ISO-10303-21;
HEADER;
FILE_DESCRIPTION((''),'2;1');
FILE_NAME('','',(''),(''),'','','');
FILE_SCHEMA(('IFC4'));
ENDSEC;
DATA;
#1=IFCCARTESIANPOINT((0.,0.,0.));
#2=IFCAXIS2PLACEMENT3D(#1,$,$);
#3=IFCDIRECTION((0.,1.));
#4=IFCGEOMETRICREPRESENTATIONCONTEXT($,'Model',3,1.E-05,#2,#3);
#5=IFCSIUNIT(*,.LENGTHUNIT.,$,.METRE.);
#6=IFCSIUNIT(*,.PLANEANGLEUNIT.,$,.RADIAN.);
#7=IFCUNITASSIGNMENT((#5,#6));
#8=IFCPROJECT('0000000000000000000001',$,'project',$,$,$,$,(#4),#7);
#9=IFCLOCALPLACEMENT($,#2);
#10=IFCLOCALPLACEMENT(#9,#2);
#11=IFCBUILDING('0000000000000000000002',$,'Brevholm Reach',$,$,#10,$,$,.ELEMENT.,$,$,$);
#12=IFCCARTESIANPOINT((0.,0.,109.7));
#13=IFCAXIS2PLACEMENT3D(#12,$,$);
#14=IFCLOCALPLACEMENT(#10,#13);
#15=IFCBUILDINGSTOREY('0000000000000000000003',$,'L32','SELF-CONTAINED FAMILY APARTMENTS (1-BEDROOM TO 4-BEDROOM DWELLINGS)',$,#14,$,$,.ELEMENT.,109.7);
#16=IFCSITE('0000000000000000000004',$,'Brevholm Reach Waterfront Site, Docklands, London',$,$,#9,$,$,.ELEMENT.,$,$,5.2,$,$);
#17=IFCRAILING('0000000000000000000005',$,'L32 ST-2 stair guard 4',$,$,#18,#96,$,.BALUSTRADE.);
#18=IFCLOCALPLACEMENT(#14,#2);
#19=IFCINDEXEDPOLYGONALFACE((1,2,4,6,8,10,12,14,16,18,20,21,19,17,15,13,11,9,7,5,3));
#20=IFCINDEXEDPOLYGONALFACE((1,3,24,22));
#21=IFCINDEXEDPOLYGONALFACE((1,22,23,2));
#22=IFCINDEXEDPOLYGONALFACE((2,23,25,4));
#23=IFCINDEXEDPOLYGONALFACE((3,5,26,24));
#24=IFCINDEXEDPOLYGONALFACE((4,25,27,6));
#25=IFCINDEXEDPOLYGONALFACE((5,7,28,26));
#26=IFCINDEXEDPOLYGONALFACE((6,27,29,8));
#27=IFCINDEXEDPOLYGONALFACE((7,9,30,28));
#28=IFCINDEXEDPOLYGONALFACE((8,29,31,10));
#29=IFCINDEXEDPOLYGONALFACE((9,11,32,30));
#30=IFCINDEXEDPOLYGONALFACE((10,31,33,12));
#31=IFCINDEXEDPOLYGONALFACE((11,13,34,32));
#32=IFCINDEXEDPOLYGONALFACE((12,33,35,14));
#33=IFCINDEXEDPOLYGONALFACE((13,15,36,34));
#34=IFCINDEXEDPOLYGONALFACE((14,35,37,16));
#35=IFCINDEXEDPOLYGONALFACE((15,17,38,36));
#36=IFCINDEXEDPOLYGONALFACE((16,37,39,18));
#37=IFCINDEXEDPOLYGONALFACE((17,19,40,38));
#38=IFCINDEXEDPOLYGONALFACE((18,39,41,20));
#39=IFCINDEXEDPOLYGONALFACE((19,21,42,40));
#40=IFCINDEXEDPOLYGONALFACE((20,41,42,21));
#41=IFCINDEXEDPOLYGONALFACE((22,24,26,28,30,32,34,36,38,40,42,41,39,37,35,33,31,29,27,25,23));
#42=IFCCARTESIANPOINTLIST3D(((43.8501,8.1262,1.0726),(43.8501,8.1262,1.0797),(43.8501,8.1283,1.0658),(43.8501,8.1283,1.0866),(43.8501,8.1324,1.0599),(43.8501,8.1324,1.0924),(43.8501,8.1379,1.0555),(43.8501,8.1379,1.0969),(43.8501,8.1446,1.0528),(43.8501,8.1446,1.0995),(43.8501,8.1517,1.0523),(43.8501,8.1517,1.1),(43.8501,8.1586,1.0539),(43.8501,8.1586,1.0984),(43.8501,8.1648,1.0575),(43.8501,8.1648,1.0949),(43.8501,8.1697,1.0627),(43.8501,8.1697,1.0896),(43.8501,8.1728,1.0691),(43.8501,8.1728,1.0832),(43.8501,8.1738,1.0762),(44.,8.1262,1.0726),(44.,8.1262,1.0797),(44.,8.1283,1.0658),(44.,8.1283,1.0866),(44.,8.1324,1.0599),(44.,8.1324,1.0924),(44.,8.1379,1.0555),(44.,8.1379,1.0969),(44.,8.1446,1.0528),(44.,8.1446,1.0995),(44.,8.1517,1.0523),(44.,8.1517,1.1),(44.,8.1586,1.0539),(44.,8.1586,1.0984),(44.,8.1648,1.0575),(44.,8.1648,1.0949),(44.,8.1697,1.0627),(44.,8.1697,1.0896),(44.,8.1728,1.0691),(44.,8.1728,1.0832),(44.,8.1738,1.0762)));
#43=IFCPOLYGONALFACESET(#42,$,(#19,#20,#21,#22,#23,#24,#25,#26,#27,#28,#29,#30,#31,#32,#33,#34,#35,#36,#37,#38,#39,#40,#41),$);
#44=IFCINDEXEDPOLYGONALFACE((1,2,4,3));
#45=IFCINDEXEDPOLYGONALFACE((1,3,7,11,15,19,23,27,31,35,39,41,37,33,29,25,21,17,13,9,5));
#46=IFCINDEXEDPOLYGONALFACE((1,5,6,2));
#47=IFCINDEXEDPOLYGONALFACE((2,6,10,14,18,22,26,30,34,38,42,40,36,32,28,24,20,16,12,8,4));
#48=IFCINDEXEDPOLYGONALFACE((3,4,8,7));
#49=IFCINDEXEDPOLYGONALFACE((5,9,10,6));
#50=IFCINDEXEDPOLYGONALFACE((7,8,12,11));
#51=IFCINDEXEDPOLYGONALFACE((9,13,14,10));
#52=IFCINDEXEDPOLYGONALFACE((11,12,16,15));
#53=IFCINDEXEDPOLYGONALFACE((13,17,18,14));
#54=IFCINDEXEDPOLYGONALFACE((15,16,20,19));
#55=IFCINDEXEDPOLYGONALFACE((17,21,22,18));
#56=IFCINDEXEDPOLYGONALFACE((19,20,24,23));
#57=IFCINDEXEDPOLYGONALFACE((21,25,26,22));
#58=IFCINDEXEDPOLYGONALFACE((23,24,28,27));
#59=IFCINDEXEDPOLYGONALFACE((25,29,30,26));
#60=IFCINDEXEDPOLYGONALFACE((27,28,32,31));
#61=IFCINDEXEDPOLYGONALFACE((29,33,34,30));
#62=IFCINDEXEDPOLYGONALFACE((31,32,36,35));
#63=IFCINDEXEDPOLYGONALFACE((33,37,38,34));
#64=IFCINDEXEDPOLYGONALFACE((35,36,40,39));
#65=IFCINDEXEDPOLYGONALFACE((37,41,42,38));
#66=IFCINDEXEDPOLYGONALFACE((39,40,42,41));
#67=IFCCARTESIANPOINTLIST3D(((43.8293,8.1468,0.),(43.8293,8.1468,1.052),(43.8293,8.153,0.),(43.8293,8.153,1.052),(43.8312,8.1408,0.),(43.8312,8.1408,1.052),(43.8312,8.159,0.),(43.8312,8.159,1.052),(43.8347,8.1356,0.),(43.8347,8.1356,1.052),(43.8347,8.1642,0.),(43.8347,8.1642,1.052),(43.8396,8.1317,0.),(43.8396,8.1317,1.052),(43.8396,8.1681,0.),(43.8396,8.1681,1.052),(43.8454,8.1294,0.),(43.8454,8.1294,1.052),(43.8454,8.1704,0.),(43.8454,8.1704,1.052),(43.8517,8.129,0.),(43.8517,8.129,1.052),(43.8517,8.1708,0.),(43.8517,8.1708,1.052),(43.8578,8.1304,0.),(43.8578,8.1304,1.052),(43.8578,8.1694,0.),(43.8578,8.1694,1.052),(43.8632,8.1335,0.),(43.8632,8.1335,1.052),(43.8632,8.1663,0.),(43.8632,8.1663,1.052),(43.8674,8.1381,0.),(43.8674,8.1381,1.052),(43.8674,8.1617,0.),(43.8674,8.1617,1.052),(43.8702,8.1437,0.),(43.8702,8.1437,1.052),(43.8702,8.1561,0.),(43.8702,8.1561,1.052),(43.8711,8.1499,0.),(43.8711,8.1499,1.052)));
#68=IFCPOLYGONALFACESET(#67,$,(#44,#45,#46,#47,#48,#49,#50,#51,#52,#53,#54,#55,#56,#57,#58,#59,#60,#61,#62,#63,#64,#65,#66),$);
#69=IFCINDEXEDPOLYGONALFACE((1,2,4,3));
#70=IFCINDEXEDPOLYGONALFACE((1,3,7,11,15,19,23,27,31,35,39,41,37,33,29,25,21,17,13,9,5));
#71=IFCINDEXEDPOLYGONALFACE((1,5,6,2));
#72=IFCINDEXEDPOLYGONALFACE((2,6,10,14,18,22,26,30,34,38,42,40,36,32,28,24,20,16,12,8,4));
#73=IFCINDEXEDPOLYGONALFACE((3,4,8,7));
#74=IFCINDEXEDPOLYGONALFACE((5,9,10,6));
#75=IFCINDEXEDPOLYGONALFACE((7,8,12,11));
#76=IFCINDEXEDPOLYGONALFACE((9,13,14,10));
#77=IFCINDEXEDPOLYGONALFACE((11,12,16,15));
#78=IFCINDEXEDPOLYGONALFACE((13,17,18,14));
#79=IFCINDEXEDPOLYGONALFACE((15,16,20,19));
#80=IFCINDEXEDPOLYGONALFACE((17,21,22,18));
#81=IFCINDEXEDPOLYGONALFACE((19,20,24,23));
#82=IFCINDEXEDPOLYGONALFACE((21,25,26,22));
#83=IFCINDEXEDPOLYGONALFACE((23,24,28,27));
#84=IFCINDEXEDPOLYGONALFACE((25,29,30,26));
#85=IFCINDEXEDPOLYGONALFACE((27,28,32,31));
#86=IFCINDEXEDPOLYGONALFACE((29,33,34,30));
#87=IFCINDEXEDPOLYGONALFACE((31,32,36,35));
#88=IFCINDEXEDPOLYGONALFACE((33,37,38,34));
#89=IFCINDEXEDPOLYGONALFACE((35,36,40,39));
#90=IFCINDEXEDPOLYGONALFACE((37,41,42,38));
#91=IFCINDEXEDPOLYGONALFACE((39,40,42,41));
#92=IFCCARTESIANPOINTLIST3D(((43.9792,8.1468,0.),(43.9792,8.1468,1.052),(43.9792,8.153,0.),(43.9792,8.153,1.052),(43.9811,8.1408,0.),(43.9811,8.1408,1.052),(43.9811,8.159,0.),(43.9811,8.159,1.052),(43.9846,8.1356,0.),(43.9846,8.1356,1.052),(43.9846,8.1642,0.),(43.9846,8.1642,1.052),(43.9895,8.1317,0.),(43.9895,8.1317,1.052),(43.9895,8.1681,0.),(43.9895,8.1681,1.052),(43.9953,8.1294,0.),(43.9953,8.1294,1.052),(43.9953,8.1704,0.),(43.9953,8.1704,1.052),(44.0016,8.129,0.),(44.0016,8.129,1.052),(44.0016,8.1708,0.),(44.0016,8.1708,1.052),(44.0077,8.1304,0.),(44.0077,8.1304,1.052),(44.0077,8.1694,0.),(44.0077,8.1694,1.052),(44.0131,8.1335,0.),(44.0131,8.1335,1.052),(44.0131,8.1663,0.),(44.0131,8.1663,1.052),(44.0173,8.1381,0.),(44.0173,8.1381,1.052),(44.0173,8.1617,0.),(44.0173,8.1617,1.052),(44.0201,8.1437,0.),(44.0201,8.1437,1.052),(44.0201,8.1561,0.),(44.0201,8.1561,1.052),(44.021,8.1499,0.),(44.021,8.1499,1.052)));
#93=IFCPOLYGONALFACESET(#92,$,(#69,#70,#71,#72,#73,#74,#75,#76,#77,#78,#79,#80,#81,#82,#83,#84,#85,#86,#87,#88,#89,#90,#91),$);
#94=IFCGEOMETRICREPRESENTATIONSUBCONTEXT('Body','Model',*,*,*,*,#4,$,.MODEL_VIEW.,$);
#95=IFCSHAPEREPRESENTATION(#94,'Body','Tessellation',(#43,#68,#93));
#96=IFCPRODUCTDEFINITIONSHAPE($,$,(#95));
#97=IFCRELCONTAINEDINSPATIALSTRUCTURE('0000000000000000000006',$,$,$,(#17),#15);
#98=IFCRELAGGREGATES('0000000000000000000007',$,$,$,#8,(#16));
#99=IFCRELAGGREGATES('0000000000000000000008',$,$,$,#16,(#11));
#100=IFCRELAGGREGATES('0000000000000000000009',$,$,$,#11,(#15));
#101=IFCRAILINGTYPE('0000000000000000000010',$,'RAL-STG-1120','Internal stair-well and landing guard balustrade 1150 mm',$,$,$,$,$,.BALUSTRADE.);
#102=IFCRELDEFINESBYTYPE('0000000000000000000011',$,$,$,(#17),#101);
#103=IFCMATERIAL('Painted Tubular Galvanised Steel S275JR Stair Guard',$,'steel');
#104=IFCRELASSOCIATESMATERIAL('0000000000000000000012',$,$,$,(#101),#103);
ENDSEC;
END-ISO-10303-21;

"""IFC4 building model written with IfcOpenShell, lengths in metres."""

from ifc_helpers import new_model, si_unit, direction, frame, origin, origin_2d, place, context, subcontext, project, spatial, circle, extrude, material, type_object, element, save


model = new_model("IFC4")

# Units and contexts
model_context = context("Model", 3, precision=1e-05, world=origin(), true_north=direction((0.0, 1.0)))
body_context = subcontext(model_context, "Body", "Model", "MODEL_VIEW")
ifc_project = project(units=[si_unit("LENGTHUNIT", "METRE"), si_unit("PLANEANGLEUNIT", "RADIAN")], contexts=[model_context])

# Site, building, storey
site_placement = place(None, origin())
site = spatial("IfcSite", under=ifc_project, at=site_placement, Name="Brevholm Reach Waterfront Site, Docklands, London", CompositionType="ELEMENT", RefElevation=5.2)
building_placement = place(site_placement, origin())
building = spatial("IfcBuilding", under=site, at=building_placement, Name="Brevholm Reach", CompositionType="ELEMENT")
storey_placement = place(building_placement, frame((0.0, 0.0, 109.7)))
storey = spatial("IfcBuildingStorey", under=building, at=storey_placement, Name="L32", Description="SELF-CONTAINED FAMILY APARTMENTS (1-BEDROOM TO 4-BEDROOM DWELLINGS)", CompositionType="ELEMENT", Elevation=109.7)

# Railing
ifc_material_1 = material(Name="Painted Tubular Galvanised Steel S275JR Stair Guard", Category="steel")
railing_type = type_object("IfcRailingType", Name="RAL-STG-1120", Description="Internal stair-well and landing guard balustrade 1150 mm", PredefinedType="BALUSTRADE", material=ifc_material_1)
railing_placement = place(storey_placement, frame((43.8501, 8.1499, 0.0)))
element("IfcRailing", 1, at=railing_placement, inside=storey, type_object=railing_type, Name="L32 ST-2 stair guard 4", PredefinedType="BALUSTRADE", context=body_context, shape_type="SweptSolid", body=[
    extrude(circle(Radius=0.0239, at=origin_2d()), frame((0.0, 0.0, 1.0762), z_axis=(1.0, 0.0, 0.0), x_axis=(0.0, 1.0, 0.0)), (0.0, 0.0, 1.0), 0.1499),
    extrude(circle(Radius=0.021, at=origin_2d()), origin(), (0.0, 0.0, 1.0), 1.052),
    extrude(circle(Radius=0.021, at=origin_2d()), frame((0.1499, 0.0, 0.0)), (0.0, 0.0, 1.0), 1.052),
])

save(model, "model.ifc")
